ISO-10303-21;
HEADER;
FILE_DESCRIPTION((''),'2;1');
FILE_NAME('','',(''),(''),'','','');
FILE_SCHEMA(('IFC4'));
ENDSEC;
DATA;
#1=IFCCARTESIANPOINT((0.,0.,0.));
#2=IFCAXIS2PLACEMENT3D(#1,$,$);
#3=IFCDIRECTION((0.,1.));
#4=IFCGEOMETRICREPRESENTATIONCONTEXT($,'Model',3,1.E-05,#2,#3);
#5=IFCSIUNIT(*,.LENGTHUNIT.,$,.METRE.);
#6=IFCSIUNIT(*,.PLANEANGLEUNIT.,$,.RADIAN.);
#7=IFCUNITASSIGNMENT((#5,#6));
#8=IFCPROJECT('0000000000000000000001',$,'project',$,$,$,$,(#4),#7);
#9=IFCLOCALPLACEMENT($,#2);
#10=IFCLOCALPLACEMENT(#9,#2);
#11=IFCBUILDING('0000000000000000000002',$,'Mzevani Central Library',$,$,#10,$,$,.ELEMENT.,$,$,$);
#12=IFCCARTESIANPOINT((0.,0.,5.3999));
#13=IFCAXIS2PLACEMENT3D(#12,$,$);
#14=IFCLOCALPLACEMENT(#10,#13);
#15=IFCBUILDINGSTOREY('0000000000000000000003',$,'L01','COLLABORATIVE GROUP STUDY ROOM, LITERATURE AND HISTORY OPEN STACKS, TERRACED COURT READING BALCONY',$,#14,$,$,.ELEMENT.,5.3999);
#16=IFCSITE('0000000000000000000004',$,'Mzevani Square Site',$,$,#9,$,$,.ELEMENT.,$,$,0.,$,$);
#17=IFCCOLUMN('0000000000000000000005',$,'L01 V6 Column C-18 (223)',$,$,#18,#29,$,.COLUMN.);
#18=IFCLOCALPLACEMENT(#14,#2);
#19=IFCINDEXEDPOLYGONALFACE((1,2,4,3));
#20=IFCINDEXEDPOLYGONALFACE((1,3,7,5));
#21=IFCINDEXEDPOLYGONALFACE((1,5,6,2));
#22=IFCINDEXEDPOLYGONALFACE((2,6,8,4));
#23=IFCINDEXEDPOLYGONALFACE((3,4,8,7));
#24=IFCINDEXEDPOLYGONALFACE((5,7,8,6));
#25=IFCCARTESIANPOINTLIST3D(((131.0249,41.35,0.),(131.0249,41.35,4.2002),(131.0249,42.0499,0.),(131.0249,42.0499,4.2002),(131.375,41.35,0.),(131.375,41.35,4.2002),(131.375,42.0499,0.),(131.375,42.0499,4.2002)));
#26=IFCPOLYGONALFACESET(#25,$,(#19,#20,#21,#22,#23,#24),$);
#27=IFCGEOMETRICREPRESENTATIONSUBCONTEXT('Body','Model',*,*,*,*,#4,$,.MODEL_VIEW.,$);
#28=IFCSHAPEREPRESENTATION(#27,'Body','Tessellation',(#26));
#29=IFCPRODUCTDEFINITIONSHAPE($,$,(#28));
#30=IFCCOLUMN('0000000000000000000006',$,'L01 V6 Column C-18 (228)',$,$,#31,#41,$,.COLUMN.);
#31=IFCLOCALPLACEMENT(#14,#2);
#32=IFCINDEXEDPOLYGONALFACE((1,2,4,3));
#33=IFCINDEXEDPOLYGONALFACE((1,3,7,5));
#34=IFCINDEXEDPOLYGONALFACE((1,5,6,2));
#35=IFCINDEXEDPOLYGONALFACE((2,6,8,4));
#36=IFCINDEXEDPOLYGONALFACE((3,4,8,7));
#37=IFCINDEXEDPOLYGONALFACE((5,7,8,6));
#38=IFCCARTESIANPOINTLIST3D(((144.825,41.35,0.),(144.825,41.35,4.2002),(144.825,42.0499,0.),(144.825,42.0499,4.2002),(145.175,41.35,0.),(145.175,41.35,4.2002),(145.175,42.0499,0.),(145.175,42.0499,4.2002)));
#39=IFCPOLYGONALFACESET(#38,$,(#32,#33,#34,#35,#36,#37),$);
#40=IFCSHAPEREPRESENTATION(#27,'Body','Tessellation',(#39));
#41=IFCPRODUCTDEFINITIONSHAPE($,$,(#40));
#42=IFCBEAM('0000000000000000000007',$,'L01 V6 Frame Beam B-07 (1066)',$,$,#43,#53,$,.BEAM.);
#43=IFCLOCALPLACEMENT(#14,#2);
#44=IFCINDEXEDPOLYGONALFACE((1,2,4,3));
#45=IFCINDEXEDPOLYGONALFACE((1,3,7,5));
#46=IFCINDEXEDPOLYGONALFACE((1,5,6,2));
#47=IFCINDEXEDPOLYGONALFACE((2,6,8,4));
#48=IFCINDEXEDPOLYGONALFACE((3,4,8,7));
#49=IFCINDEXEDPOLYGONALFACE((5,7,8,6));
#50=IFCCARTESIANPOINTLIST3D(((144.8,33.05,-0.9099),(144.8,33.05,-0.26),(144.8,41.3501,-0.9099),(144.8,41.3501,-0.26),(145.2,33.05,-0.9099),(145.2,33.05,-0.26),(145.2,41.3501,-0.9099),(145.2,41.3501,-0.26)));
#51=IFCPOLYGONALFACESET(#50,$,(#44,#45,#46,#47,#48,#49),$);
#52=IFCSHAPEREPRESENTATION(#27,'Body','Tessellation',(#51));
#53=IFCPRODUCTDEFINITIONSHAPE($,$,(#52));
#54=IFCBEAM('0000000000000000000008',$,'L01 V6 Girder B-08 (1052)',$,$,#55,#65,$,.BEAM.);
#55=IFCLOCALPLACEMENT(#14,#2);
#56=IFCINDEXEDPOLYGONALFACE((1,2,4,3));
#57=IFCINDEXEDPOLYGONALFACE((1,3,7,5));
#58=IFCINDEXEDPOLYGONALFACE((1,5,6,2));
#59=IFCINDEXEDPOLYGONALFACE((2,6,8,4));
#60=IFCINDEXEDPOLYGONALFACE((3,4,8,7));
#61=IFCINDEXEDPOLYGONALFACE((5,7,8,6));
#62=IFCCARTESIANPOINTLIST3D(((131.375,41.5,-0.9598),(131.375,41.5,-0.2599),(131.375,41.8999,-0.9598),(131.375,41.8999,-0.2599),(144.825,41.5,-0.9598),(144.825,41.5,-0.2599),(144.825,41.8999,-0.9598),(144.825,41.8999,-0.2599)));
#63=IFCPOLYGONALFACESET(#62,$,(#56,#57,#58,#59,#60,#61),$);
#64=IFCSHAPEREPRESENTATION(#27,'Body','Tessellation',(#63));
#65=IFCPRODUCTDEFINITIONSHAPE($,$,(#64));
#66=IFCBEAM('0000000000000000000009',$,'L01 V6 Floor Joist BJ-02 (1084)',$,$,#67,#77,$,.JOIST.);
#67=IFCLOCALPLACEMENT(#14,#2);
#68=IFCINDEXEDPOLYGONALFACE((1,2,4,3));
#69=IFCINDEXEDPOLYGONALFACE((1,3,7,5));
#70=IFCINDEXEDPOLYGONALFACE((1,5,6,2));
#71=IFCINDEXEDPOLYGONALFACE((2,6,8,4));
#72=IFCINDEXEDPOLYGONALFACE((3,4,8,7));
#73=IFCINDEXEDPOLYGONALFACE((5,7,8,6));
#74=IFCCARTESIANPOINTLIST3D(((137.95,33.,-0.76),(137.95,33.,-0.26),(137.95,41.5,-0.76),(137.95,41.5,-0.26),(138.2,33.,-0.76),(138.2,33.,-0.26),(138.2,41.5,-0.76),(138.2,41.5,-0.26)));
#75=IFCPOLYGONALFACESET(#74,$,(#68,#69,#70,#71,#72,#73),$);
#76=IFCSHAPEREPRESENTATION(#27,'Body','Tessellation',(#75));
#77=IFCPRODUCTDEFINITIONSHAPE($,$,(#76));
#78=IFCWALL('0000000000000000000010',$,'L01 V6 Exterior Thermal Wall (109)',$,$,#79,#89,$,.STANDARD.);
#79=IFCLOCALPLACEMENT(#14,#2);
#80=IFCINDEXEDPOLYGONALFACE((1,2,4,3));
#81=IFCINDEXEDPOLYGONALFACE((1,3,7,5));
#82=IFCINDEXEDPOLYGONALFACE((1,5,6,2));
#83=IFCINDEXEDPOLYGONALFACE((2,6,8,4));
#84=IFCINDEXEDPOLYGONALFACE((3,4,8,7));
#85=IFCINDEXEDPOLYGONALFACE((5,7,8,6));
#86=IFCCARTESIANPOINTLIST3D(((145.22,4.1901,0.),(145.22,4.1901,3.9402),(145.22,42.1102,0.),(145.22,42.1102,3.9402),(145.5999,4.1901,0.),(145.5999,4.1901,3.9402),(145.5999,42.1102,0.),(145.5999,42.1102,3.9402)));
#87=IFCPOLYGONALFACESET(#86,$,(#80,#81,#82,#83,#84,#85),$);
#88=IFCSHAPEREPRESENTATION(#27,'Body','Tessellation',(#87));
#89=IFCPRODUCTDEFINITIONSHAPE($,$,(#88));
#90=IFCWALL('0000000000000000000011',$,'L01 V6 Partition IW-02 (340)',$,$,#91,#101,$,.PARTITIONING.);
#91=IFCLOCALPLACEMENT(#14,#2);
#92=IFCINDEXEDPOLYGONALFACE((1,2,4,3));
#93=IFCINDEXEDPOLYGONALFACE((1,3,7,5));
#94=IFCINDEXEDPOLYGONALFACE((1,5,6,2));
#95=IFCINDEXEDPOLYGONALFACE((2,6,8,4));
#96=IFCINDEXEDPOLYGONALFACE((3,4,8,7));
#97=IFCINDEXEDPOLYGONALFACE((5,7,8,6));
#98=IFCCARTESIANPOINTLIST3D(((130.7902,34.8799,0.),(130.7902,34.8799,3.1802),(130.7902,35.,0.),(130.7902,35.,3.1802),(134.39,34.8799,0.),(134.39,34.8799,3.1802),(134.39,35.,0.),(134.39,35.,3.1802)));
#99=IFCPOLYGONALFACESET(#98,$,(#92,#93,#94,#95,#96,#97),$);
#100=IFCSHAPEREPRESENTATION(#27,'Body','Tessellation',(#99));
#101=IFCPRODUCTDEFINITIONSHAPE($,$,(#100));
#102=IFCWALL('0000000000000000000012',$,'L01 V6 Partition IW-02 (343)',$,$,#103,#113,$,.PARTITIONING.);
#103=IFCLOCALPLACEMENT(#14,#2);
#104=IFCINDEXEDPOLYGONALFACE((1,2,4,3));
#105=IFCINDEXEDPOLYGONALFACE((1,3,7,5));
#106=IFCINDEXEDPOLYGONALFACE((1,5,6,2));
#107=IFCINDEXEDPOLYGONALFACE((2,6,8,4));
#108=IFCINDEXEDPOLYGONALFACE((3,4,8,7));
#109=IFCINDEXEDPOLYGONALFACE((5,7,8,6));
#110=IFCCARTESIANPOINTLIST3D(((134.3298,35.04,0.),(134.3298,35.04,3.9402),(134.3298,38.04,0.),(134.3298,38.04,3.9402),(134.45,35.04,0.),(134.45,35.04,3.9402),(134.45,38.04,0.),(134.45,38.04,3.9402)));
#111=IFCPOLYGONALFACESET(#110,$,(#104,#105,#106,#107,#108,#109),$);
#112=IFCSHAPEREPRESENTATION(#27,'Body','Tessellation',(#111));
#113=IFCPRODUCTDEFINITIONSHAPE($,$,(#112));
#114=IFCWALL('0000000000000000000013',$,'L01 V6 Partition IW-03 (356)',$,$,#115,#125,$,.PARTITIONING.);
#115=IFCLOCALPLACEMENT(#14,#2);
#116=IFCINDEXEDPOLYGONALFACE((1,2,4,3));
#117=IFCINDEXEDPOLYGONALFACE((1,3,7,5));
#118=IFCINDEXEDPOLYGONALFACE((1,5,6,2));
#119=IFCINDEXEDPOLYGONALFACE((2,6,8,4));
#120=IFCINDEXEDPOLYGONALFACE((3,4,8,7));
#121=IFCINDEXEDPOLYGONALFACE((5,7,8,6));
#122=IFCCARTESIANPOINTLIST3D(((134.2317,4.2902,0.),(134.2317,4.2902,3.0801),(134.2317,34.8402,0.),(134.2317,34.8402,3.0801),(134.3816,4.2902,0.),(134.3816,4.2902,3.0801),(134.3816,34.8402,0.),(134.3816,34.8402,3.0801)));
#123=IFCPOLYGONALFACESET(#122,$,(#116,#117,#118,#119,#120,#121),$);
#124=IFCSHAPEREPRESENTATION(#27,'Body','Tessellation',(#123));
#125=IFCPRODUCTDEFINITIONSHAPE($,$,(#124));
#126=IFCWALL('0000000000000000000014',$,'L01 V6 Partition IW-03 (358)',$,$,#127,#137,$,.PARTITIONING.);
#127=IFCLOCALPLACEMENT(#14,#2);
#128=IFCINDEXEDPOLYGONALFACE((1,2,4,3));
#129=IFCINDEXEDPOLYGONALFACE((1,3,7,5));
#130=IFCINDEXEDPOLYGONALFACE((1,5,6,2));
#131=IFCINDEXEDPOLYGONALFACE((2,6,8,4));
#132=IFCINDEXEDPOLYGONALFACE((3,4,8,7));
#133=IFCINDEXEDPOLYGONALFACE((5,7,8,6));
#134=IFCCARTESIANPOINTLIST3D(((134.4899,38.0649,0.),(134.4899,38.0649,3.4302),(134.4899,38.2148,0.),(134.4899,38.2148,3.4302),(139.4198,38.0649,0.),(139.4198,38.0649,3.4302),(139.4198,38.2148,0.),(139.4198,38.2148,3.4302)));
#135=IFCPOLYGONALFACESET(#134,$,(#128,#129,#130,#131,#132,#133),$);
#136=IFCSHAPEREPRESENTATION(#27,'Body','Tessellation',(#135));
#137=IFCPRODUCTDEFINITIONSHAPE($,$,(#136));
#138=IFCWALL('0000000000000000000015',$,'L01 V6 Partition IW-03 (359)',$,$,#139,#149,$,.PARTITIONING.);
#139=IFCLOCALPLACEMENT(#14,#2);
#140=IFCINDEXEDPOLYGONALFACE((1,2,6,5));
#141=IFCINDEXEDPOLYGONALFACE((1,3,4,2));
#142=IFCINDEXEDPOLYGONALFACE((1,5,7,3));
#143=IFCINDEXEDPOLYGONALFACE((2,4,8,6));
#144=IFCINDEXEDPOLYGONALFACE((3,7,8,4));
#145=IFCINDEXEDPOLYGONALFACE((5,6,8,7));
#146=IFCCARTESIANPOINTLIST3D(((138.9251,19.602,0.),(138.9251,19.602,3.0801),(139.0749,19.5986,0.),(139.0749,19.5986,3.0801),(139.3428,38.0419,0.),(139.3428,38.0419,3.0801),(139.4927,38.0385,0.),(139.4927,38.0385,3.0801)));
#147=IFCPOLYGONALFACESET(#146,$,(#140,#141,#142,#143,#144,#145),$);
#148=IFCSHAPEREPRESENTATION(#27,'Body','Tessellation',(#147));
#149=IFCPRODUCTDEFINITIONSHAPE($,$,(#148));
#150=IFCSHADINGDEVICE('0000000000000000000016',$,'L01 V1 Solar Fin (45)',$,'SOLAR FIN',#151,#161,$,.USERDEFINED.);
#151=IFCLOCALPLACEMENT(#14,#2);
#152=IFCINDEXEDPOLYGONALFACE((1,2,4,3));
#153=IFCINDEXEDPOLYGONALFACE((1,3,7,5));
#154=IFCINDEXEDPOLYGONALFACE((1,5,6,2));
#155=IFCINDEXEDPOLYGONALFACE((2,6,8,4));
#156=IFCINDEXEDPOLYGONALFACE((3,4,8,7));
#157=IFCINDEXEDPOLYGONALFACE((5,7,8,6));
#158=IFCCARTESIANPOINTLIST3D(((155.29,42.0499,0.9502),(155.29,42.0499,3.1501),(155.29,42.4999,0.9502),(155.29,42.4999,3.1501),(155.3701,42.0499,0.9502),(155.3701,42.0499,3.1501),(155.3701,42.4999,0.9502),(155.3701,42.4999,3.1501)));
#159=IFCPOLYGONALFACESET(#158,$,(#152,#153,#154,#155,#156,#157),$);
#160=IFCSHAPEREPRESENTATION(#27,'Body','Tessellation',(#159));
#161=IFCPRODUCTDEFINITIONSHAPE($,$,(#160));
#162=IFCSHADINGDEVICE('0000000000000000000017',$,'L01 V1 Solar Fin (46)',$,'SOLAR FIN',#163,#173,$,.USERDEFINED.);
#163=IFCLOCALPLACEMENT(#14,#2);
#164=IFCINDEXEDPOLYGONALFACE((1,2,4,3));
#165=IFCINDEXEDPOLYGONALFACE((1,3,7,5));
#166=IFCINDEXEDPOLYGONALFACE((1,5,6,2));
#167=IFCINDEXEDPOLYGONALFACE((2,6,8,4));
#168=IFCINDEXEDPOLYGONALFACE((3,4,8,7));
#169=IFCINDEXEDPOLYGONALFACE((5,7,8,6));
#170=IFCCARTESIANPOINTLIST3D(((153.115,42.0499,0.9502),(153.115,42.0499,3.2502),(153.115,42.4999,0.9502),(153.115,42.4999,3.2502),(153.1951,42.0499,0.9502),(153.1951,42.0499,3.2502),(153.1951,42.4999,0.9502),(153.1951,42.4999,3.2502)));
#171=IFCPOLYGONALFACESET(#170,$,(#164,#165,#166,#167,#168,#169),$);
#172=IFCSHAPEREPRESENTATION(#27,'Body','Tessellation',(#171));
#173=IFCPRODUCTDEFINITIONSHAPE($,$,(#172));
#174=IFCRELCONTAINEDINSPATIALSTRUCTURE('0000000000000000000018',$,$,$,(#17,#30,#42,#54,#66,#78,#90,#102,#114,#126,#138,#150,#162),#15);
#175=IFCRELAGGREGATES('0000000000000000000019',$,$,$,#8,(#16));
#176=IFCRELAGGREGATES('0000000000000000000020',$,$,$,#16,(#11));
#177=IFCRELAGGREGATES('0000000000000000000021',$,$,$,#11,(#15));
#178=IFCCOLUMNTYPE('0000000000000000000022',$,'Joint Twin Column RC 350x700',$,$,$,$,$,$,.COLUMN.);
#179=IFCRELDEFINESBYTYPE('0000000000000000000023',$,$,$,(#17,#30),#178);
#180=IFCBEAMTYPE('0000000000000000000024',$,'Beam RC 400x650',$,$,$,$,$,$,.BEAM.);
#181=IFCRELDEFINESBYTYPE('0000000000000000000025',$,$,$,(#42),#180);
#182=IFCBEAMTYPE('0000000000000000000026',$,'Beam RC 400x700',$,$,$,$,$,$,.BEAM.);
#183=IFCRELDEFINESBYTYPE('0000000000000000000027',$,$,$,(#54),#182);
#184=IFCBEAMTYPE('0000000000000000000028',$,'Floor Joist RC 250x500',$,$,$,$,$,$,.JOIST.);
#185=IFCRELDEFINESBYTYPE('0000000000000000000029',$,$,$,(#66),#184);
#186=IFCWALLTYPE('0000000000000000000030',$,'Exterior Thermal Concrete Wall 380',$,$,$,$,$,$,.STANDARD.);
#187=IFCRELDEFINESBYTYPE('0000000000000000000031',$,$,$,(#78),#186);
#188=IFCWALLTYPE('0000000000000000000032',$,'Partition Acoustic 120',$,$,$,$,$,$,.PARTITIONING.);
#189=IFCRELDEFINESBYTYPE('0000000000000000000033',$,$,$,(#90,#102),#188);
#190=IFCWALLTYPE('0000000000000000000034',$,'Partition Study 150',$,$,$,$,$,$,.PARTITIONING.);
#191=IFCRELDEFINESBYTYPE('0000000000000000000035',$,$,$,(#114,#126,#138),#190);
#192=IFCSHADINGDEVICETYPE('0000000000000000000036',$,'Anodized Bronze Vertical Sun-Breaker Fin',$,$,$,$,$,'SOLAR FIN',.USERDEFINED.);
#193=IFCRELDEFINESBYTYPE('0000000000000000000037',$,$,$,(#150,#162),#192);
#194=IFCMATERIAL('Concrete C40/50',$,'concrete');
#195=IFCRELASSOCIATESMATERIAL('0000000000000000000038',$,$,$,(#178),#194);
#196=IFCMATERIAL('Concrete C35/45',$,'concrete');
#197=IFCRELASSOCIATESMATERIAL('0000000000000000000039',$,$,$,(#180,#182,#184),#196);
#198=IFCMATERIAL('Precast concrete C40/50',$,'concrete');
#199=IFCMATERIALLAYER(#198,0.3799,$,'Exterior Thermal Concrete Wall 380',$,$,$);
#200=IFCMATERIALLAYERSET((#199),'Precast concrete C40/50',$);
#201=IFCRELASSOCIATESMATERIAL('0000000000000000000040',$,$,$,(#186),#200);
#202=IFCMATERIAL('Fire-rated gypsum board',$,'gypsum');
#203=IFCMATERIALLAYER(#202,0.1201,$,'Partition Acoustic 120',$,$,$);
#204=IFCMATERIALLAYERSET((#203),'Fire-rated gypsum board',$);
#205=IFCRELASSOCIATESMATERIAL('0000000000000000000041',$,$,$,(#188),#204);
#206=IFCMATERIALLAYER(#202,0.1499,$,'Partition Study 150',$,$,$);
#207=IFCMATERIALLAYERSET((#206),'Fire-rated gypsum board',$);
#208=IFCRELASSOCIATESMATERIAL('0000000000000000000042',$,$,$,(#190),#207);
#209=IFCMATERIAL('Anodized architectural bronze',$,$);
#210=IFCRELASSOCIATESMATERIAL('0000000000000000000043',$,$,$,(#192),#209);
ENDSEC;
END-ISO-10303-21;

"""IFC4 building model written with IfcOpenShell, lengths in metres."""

from ifc_helpers import new_model, si_unit, direction, frame, frame_2d, origin, origin_2d, place, context, subcontext, project, spatial, rectangle, extrude, material, layer, layer_set, material_profile, profile_set, type_object, element, save


model = new_model("IFC4")

# Units and contexts
model_context = context("Model", 3, precision=1e-05, world=origin(), true_north=direction((0.0, 1.0)))
body_context = subcontext(model_context, "Body", "Model", "MODEL_VIEW")
ifc_project = project(units=[si_unit("LENGTHUNIT", "METRE"), si_unit("PLANEANGLEUNIT", "RADIAN")], contexts=[model_context])

# Site, building, storey
site_placement = place(None, origin())
site = spatial("IfcSite", under=ifc_project, at=site_placement, Name="Mzevani Square Site", CompositionType="ELEMENT", RefElevation=0.0)
building_placement = place(site_placement, origin())
building = spatial("IfcBuilding", under=site, at=building_placement, Name="Mzevani Central Library", CompositionType="ELEMENT")
storey_placement = place(building_placement, frame((0.0, 0.0, 5.3999)))
storey = spatial("IfcBuildingStorey", under=building, at=storey_placement, Name="L01", Description="COLLABORATIVE GROUP STUDY ROOM, LITERATURE AND HISTORY OPEN STACKS, TERRACED COURT READING BALCONY", CompositionType="ELEMENT", Elevation=5.3999)

# Columns
ifc_material_1 = material(Name="Concrete C40/50", Category="concrete")
ifc_material_profile_1 = material_profile(ifc_material_1, rectangle(XDim=0.3501, YDim=0.7, at=origin_2d()), Name="RC 350x700")
ifc_profile_set_1 = profile_set([ifc_material_profile_1], Name="Concrete C40/50")
column_type = type_object("IfcColumnType", Name="Joint Twin Column RC 350x700", PredefinedType="COLUMN", material=ifc_profile_set_1)
for number, where, z_axis, x_axis, name in (
    (1, (131.2, 41.7, 0.0), (0.0, 0.0, 1.0), (1.0, 0.0, 0.0), "L01 V6 Column C-18 (223)"),
    (2, (145.0, 41.7, 0.0), (0.0, 0.0, 1.0), (1.0, 0.0, 0.0), "L01 V6 Column C-18 (228)"),
):
    element("IfcColumn", number, at=place(storey_placement, frame(where, z_axis=z_axis, x_axis=x_axis)), inside=storey, type_object=column_type, Name=name, PredefinedType="COLUMN", context=body_context, shape_type="SweptSolid", body=[
        extrude(rectangle(XDim=0.3501, YDim=0.7, at=origin_2d()), origin(), (0.0, 0.0, 1.0), 4.2002),
    ])

# Beams
ifc_material_2 = material(Name="Concrete C35/45", Category="concrete")
ifc_material_profile_2 = material_profile(ifc_material_2, rectangle(XDim=0.3999, YDim=0.6499, at=origin_2d()), Name="RC B400x650")
ifc_profile_set_2 = profile_set([ifc_material_profile_2], Name="Concrete C35/45")
beam_type_1 = type_object("IfcBeamType", Name="Beam RC 400x650", PredefinedType="BEAM", material=ifc_profile_set_2)
beam_1_placement = place(storey_placement, frame((145.0, 33.05, -0.585), z_axis=(0.0, 1.0, 0.0), x_axis=(-1.0, 0.0, 0.0)))
element("IfcBeam", 3, at=beam_1_placement, inside=storey, type_object=beam_type_1, Name="L01 V6 Frame Beam B-07 (1066)", PredefinedType="BEAM", context=body_context, shape_type="SweptSolid", body=[
    extrude(rectangle(XDim=0.3999, YDim=0.6499, at=origin_2d()), origin(), (0.0, 0.0, 1.0), 8.3),
])
ifc_material_profile_3 = material_profile(ifc_material_2, rectangle(XDim=0.3999, YDim=0.7, at=origin_2d()), Name="RC B400x700")
ifc_profile_set_3 = profile_set([ifc_material_profile_3], Name="Concrete C35/45")
beam_type_2 = type_object("IfcBeamType", Name="Beam RC 400x700", PredefinedType="BEAM", material=ifc_profile_set_3)
beam_2_placement = place(storey_placement, frame((131.375, 41.7, -0.6099), z_axis=(1.0, 0.0, 0.0), x_axis=(0.0, 1.0, 0.0)))
element("IfcBeam", 4, at=beam_2_placement, inside=storey, type_object=beam_type_2, Name="L01 V6 Girder B-08 (1052)", PredefinedType="BEAM", context=body_context, shape_type="SweptSolid", body=[
    extrude(rectangle(XDim=0.3999, YDim=0.7, at=origin_2d()), origin(), (0.0, 0.0, 1.0), 13.45),
])
ifc_material_profile_4 = material_profile(ifc_material_2, rectangle(XDim=0.25, YDim=0.5, at=origin_2d()), Name="RC J250x500")
ifc_profile_set_4 = profile_set([ifc_material_profile_4], Name="Concrete C35/45")
beam_type_3 = type_object("IfcBeamType", Name="Floor Joist RC 250x500", PredefinedType="JOIST", material=ifc_profile_set_4)
beam_3_placement = place(storey_placement, frame((138.075, 33.0, -0.51), z_axis=(0.0, 1.0, 0.0), x_axis=(-1.0, 0.0, 0.0)))
element("IfcBeam", 5, at=beam_3_placement, inside=storey, type_object=beam_type_3, Name="L01 V6 Floor Joist BJ-02 (1084)", PredefinedType="JOIST", context=body_context, shape_type="SweptSolid", body=[
    extrude(rectangle(XDim=0.25, YDim=0.5, at=origin_2d()), origin(), (0.0, 0.0, 1.0), 8.5),
])

# Walls
ifc_material_3 = material(Name="Precast concrete C40/50", Category="concrete")
ifc_layer_1 = layer(ifc_material_3, 0.3799, Name="Exterior Thermal Concrete Wall 380")
ifc_layer_set_1 = layer_set([ifc_layer_1], Name="Precast concrete C40/50")
wall_type_1 = type_object("IfcWallType", Name="Exterior Thermal Concrete Wall 380", PredefinedType="STANDARD", material=ifc_layer_set_1)
wall_1_placement = place(storey_placement, frame((145.4099, 42.1101, 0.0), z_axis=(0.0, 0.0, 1.0), x_axis=(0.0, -1.0, 0.0)))
element("IfcWall", 6, at=wall_1_placement, inside=storey, type_object=wall_type_1, Name="L01 V6 Exterior Thermal Wall (109)", PredefinedType="STANDARD", context=body_context, shape_type="SweptSolid", body=[
    extrude(rectangle(XDim=37.9202, YDim=0.3799, at=frame_2d((18.96, 0.0))), origin(), (0.0, 0.0, 1.0), 3.9402),
])
ifc_material_4 = material(Name="Fire-rated gypsum board", Category="gypsum")
ifc_layer_2 = layer(ifc_material_4, 0.1201, Name="Partition Acoustic 120")
ifc_layer_set_2 = layer_set([ifc_layer_2], Name="Fire-rated gypsum board")
wall_type_2 = type_object("IfcWallType", Name="Partition Acoustic 120", PredefinedType="PARTITIONING", material=ifc_layer_set_2)
wall_2_placement = place(storey_placement, frame((134.3899, 34.9399, 0.0), z_axis=(0.0, 0.0, 1.0), x_axis=(-1.0, 0.0, 0.0)))
element("IfcWall", 7, at=wall_2_placement, inside=storey, type_object=wall_type_2, Name="L01 V6 Partition IW-02 (340)", PredefinedType="PARTITIONING", context=body_context, shape_type="SweptSolid", body=[
    extrude(rectangle(XDim=3.5999, YDim=0.1201, at=frame_2d((1.7998, 0.0))), origin(), (0.0, 0.0, 1.0), 3.1802),
])
wall_3_placement = place(storey_placement, frame((134.3899, 38.04, 0.0), z_axis=(0.0, 0.0, 1.0), x_axis=(0.0, -1.0, 0.0)))
element("IfcWall", 8, at=wall_3_placement, inside=storey, type_object=wall_type_2, Name="L01 V6 Partition IW-02 (343)", PredefinedType="PARTITIONING", context=body_context, shape_type="SweptSolid", body=[
    extrude(rectangle(XDim=3.0, YDim=0.1201, at=frame_2d((1.5, 0.0))), origin(), (0.0, 0.0, 1.0), 3.9402),
])
ifc_layer_3 = layer(ifc_material_4, 0.1499, Name="Partition Study 150")
ifc_layer_set_3 = layer_set([ifc_layer_3], Name="Fire-rated gypsum board")
wall_type_3 = type_object("IfcWallType", Name="Partition Study 150", PredefinedType="PARTITIONING", material=ifc_layer_set_3)
wall_4_placement = place(storey_placement, frame((134.3066, 34.8401, 0.0), z_axis=(0.0, 0.0, 1.0), x_axis=(0.0, -1.0, 0.0)))
element("IfcWall", 9, at=wall_4_placement, inside=storey, type_object=wall_type_3, Name="L01 V6 Partition IW-03 (356)", PredefinedType="PARTITIONING", context=body_context, shape_type="SweptSolid", body=[
    extrude(rectangle(XDim=30.55, YDim=0.1499, at=frame_2d((15.2749, 0.0))), origin(), (0.0, 0.0, 1.0), 3.0801),
])
wall_5_placement = place(storey_placement, frame((134.49, 38.1399, 0.0), z_axis=(0.0, 0.0, 1.0), x_axis=(1.0, 0.0, 0.0)))
element("IfcWall", 10, at=wall_5_placement, inside=storey, type_object=wall_type_3, Name="L01 V6 Partition IW-03 (358)", PredefinedType="PARTITIONING", context=body_context, shape_type="SweptSolid", body=[
    extrude(rectangle(XDim=4.9299, YDim=0.1499, at=frame_2d((2.4648, 0.0))), origin(), (0.0, 0.0, 1.0), 3.4302),
])
wall_6_placement = place(storey_placement, frame((139.4177, 38.04, 0.0), z_axis=(0.0, 0.0, 1.0), x_axis=(-0.022647, -0.999744, 0.0)))
element("IfcWall", 11, at=wall_6_placement, inside=storey, type_object=wall_type_3, Name="L01 V6 Partition IW-03 (359)", PredefinedType="PARTITIONING", context=body_context, shape_type="SweptSolid", body=[
    extrude(rectangle(XDim=18.4446, YDim=0.1499, at=frame_2d((9.2222, 0.0))), origin(), (0.0, 0.0, 1.0), 3.0801),
])

# Shading devices
ifc_material_5 = material(Name="Anodized architectural bronze")
shading_device_type = type_object("IfcShadingDeviceType", Name="Anodized Bronze Vertical Sun-Breaker Fin", ElementType="SOLAR FIN", PredefinedType="USERDEFINED", material=ifc_material_5)
shading_device_1_placement = place(storey_placement, frame((155.3301, 42.2749, 0.9502), z_axis=(0.0, 0.0, 1.0), x_axis=(-1.0, 0.0, 0.0)))
element("IfcShadingDevice", 12, at=shading_device_1_placement, inside=storey, type_object=shading_device_type, Name="L01 V1 Solar Fin (45)", ObjectType="SOLAR FIN", PredefinedType="USERDEFINED", context=body_context, shape_type="SweptSolid", body=[
    extrude(rectangle(XDim=0.0801, YDim=0.45, at=origin_2d()), origin(), (0.0, 0.0, 1.0), 2.2),
])
shading_device_2_placement = place(storey_placement, frame((153.155, 42.2749, 0.9502), z_axis=(0.0, 0.0, 1.0), x_axis=(-1.0, 0.0, 0.0)))
element("IfcShadingDevice", 13, at=shading_device_2_placement, inside=storey, type_object=shading_device_type, Name="L01 V1 Solar Fin (46)", ObjectType="SOLAR FIN", PredefinedType="USERDEFINED", context=body_context, shape_type="SweptSolid", body=[
    extrude(rectangle(XDim=0.0801, YDim=0.45, at=origin_2d()), origin(), (0.0, 0.0, 1.0), 2.3),
])

save(model, "model.ifc")
